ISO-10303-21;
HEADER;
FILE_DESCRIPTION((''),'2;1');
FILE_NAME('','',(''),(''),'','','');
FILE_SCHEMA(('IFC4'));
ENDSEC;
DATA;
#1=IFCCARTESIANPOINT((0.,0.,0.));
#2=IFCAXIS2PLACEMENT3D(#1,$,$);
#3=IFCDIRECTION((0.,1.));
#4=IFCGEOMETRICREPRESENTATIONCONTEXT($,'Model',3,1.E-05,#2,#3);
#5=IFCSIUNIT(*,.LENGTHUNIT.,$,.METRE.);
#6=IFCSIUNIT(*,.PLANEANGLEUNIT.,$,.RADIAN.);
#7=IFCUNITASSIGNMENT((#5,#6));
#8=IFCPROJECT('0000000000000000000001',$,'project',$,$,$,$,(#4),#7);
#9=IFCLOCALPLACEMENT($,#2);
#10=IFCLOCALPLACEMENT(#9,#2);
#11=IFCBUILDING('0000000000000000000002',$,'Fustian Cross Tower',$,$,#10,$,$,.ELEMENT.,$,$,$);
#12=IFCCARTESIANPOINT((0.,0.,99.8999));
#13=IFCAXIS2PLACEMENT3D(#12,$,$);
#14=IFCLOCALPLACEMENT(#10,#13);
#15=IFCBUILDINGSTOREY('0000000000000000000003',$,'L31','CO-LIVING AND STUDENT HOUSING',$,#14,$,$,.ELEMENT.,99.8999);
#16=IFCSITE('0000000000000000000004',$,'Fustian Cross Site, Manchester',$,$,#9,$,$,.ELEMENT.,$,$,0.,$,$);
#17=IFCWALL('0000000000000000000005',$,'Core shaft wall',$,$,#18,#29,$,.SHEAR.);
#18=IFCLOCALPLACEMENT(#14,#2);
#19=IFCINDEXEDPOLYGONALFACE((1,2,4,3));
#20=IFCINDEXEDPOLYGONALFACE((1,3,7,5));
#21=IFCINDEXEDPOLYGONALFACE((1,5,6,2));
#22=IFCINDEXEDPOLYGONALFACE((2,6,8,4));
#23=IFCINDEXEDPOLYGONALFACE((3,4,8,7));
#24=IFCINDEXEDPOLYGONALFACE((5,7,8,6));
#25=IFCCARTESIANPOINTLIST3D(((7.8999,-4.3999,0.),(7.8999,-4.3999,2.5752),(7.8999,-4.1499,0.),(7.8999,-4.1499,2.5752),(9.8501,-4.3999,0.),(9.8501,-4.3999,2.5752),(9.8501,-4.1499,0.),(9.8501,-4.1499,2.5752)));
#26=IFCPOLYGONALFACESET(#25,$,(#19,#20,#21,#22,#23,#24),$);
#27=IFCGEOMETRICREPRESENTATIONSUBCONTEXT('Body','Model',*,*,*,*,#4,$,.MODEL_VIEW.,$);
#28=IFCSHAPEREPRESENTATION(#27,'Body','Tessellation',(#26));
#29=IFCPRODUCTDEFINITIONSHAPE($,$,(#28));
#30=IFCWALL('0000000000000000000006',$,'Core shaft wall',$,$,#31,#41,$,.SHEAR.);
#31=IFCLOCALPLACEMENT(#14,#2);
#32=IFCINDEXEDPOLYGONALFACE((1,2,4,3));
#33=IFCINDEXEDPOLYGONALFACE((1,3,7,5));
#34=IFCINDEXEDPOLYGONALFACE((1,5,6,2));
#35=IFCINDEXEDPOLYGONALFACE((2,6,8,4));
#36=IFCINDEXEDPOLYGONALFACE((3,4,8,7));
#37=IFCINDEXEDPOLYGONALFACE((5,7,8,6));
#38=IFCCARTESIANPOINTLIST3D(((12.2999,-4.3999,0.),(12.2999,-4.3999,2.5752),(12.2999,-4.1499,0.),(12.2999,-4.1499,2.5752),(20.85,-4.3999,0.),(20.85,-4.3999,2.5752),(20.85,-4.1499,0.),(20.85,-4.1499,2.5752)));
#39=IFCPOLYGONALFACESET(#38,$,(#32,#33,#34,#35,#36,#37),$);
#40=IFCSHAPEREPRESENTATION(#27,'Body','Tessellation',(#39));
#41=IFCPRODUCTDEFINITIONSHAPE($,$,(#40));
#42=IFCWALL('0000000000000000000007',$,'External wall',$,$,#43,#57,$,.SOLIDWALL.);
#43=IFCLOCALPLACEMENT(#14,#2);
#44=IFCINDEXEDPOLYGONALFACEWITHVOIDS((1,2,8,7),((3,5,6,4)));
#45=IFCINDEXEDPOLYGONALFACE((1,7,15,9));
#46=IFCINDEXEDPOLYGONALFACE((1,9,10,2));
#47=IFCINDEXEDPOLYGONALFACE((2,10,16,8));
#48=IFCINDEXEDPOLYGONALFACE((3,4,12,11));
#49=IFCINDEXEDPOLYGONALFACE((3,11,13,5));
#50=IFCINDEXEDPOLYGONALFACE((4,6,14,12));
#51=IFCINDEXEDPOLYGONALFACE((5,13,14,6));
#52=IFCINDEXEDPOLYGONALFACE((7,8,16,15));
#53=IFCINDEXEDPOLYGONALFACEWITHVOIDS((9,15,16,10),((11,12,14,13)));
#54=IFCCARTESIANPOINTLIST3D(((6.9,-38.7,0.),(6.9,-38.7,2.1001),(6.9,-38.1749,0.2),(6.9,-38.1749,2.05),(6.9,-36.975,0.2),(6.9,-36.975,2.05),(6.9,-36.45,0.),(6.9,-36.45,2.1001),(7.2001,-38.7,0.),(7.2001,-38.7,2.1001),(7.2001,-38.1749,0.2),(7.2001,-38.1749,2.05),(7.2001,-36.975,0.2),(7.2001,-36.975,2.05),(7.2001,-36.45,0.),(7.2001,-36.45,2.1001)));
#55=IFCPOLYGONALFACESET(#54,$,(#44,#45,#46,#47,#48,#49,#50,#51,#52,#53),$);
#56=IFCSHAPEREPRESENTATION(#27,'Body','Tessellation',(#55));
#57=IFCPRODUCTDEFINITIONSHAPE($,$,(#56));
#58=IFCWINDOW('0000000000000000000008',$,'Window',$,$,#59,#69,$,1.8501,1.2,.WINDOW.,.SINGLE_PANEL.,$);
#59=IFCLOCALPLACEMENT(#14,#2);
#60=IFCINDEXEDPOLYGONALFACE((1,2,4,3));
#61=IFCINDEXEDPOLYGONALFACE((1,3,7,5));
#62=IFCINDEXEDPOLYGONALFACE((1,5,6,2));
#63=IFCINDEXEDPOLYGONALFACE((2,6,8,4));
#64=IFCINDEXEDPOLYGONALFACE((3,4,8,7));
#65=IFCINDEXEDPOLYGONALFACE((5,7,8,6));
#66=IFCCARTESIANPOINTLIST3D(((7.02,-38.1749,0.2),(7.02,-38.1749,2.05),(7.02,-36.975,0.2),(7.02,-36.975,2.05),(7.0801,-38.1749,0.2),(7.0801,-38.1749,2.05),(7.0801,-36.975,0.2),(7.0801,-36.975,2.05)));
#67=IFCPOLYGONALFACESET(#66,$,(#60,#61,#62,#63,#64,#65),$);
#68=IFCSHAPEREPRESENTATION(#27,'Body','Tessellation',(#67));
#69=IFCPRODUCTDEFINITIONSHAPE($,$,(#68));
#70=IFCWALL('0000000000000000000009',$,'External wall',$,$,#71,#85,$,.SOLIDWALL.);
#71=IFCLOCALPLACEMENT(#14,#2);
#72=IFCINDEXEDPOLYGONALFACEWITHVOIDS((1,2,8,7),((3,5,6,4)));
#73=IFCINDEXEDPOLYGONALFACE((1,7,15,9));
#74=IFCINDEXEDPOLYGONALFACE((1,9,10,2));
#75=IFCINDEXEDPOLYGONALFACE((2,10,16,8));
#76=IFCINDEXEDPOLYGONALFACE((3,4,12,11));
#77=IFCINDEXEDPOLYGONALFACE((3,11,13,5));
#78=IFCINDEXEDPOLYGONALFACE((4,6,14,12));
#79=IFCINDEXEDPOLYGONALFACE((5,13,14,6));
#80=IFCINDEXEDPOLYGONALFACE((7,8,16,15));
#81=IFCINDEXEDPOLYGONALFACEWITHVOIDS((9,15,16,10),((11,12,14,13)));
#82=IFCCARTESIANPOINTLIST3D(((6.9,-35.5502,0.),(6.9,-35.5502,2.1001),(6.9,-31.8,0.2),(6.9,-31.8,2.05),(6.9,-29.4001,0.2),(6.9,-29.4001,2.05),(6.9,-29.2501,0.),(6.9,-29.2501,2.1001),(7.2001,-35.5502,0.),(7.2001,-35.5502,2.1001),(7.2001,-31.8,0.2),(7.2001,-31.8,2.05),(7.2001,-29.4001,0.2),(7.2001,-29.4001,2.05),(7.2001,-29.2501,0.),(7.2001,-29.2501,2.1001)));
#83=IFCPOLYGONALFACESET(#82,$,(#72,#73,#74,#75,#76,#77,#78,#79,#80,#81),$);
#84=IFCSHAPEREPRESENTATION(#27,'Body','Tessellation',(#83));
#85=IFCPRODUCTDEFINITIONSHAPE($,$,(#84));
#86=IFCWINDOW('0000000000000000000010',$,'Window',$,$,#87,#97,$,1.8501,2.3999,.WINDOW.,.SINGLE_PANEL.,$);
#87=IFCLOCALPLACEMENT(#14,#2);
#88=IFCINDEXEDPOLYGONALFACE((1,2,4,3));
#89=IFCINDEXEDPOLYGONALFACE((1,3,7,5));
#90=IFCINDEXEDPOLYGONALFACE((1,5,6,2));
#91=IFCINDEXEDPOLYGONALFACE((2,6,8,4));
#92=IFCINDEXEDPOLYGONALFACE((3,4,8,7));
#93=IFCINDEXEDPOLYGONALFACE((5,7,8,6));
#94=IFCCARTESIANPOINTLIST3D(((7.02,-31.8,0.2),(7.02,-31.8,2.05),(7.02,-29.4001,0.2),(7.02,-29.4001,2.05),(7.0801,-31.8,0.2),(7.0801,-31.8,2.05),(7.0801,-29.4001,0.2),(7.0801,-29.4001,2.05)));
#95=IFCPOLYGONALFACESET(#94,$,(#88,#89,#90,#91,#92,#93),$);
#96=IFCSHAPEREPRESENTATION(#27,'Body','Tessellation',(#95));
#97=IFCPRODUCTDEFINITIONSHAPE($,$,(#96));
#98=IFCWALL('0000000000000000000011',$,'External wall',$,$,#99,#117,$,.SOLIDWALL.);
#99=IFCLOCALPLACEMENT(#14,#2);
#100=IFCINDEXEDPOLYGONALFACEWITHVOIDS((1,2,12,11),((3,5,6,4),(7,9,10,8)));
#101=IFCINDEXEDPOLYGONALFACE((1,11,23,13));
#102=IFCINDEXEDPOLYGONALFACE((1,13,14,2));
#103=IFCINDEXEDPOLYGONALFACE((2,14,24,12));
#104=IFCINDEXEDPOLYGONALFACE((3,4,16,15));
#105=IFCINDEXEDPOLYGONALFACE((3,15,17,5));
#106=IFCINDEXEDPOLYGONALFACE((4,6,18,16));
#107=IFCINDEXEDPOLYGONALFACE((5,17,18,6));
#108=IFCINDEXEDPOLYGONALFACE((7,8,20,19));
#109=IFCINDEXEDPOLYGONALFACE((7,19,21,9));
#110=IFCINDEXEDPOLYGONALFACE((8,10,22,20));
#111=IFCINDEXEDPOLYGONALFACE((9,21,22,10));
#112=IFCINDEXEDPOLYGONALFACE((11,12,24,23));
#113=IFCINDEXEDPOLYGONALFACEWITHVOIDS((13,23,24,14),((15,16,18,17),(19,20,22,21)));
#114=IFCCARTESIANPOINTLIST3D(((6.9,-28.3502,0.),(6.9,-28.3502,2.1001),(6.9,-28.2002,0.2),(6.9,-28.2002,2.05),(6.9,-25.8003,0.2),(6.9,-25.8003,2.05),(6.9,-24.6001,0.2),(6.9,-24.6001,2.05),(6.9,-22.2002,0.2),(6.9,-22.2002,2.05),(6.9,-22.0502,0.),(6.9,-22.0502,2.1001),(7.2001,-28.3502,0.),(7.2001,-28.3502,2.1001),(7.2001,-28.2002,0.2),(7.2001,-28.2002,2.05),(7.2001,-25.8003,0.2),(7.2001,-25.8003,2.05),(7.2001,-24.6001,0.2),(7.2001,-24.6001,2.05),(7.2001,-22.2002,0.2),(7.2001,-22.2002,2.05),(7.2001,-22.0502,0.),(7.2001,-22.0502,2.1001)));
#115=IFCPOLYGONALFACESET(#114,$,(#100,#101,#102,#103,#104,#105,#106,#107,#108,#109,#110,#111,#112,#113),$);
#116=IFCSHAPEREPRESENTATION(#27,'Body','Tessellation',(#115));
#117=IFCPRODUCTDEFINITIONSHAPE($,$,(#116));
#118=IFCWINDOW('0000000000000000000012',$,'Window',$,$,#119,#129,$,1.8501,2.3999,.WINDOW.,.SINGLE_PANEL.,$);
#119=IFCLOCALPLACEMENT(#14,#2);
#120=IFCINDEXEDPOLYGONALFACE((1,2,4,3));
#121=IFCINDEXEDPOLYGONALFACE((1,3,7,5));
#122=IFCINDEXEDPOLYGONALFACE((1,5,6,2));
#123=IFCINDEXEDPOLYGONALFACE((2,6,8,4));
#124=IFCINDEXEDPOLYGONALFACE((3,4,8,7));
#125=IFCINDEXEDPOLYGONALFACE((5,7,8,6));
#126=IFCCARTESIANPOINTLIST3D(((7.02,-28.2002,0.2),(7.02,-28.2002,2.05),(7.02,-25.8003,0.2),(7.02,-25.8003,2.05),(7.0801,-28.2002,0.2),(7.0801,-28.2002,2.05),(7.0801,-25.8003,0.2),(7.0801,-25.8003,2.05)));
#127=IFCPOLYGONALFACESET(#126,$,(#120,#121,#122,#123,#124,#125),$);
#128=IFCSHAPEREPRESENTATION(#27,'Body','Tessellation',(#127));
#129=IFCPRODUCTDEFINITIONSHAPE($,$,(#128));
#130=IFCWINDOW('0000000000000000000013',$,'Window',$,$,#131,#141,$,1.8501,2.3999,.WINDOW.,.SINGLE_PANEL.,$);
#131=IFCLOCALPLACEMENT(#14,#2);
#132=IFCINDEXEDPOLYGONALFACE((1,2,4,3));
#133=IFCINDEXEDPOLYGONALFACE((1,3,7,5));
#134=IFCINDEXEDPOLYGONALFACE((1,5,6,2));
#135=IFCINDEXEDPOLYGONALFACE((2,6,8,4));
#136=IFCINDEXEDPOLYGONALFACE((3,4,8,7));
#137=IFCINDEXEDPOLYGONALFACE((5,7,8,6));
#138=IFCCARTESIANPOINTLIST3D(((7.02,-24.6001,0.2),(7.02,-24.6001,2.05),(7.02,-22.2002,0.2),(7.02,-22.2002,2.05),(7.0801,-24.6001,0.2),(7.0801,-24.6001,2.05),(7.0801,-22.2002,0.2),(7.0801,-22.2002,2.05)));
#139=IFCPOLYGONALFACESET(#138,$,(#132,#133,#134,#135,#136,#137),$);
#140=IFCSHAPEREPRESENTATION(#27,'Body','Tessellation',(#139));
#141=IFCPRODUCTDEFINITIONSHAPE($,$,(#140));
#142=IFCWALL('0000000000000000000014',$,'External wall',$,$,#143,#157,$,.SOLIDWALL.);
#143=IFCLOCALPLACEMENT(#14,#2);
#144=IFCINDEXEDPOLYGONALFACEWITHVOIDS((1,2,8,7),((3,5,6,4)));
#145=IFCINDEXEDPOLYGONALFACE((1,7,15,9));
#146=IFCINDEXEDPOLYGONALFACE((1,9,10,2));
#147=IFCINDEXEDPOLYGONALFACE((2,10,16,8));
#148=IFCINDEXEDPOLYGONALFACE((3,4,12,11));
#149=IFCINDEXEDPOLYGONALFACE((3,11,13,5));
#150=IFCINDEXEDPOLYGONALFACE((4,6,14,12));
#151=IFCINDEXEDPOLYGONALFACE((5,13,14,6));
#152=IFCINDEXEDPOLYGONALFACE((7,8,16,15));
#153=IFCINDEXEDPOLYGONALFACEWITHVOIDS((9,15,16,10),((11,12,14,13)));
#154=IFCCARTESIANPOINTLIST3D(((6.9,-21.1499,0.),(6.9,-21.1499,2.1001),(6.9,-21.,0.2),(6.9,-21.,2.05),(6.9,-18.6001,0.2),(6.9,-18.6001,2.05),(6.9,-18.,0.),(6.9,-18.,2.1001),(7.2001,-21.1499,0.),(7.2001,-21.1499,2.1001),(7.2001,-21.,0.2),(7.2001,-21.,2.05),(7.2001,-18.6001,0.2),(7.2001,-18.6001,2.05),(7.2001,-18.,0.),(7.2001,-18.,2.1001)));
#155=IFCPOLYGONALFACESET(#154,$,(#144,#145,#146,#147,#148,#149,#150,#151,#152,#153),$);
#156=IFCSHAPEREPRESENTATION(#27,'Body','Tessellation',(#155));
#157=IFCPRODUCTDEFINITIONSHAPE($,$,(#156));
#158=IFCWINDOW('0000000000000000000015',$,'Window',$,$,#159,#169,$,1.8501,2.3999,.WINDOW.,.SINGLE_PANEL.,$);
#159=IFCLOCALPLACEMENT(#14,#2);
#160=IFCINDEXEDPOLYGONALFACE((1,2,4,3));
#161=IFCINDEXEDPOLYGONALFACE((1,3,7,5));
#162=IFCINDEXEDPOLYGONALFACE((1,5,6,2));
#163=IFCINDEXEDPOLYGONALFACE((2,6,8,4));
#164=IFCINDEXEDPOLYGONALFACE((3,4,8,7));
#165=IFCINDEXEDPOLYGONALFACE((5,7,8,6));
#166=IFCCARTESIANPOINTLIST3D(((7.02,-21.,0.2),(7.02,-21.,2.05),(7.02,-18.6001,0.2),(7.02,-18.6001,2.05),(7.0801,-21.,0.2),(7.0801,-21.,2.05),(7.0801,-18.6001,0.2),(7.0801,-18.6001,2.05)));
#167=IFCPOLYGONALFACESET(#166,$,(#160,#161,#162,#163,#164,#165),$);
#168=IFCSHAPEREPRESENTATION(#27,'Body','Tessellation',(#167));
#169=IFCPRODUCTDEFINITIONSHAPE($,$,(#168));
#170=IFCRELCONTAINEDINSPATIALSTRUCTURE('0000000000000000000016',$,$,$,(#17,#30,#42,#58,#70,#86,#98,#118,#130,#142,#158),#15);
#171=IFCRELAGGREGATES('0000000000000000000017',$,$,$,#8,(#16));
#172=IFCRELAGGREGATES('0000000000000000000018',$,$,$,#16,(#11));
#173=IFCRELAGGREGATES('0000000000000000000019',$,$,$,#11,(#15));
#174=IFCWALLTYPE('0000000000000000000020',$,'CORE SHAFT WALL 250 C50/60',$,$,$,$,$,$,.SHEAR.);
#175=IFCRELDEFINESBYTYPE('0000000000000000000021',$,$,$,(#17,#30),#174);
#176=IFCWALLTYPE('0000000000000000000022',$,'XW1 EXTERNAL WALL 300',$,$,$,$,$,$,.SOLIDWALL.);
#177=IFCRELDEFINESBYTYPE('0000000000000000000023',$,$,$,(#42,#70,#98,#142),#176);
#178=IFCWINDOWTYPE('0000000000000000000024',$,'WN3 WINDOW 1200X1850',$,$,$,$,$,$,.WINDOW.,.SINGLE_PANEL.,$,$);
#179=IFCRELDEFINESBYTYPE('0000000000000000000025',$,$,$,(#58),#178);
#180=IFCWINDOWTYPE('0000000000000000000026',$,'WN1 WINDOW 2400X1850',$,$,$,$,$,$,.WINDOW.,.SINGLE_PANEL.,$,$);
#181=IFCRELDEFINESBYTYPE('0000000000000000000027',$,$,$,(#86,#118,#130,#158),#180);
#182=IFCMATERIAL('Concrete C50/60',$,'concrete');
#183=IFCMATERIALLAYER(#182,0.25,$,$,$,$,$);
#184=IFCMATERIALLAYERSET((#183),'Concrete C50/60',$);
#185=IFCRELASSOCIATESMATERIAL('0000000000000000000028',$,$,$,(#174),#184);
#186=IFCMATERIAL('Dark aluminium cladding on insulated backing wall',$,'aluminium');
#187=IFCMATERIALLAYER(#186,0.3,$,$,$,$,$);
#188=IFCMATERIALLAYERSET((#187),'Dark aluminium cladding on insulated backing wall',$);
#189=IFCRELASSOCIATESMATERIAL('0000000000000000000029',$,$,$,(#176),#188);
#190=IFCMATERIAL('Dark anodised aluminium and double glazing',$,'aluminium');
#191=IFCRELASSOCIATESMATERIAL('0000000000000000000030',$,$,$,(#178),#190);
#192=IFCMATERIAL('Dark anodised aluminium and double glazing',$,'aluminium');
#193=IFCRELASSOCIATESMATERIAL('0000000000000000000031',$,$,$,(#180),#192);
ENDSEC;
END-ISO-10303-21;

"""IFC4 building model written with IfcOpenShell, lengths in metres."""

from ifc_helpers import new_model, si_unit, direction, frame, frame_2d, origin, place, context, subcontext, project, spatial, rectangle, extrude, material, layer, layer_set, type_object, element, fill, save


model = new_model("IFC4")

# Units and contexts
model_context = context("Model", 3, precision=1e-05, world=origin(), true_north=direction((0.0, 1.0)))
body_context = subcontext(model_context, "Body", "Model", "MODEL_VIEW")
ifc_project = project(units=[si_unit("LENGTHUNIT", "METRE"), si_unit("PLANEANGLEUNIT", "RADIAN")], contexts=[model_context])

# Site, building, storey
site_placement = place(None, origin())
site = spatial("IfcSite", under=ifc_project, at=site_placement, Name="Fustian Cross Site, Manchester", CompositionType="ELEMENT", RefElevation=0.0)
building_placement = place(site_placement, origin())
building = spatial("IfcBuilding", under=site, at=building_placement, Name="Fustian Cross Tower", CompositionType="ELEMENT")
storey_placement = place(building_placement, frame((0.0, 0.0, 99.8999)))
storey = spatial("IfcBuildingStorey", under=building, at=storey_placement, Name="L31", Description="CO-LIVING AND STUDENT HOUSING", CompositionType="ELEMENT", Elevation=99.8999)

# Walls
ifc_material_1 = material(Name="Concrete C50/60", Category="concrete")
ifc_layer_1 = layer(ifc_material_1, 0.25)
ifc_layer_set_1 = layer_set([ifc_layer_1], Name="Concrete C50/60")
wall_type_1 = type_object("IfcWallType", Name="CORE SHAFT WALL 250 C50/60", PredefinedType="SHEAR", material=ifc_layer_set_1)
wall_1_placement = place(storey_placement, frame((7.8999, -4.2749, 0.0), z_axis=(0.0, 0.0, 1.0), x_axis=(1.0, 0.0, 0.0)))
element("IfcWall", 1, at=wall_1_placement, inside=storey, type_object=wall_type_1, Name="Core shaft wall", PredefinedType="SHEAR", context=body_context, shape_type="SweptSolid", body=[
    extrude(rectangle(XDim=1.9502, YDim=0.25, at=frame_2d((0.9751, 0.0))), origin(), (0.0, 0.0, 1.0), 2.5752),
])
wall_2_placement = place(storey_placement, frame((12.3, -4.2749, 0.0), z_axis=(0.0, 0.0, 1.0), x_axis=(1.0, 0.0, 0.0)))
element("IfcWall", 2, at=wall_2_placement, inside=storey, type_object=wall_type_1, Name="Core shaft wall", PredefinedType="SHEAR", context=body_context, shape_type="SweptSolid", body=[
    extrude(rectangle(XDim=8.55, YDim=0.25, at=frame_2d((4.2749, 0.0))), origin(), (0.0, 0.0, 1.0), 2.5752),
])

# Walls, openings, windows
ifc_material_2 = material(Name="Dark aluminium cladding on insulated backing wall", Category="aluminium")
ifc_layer_2 = layer(ifc_material_2, 0.3)
ifc_layer_set_2 = layer_set([ifc_layer_2], Name="Dark aluminium cladding on insulated backing wall")
wall_type_2 = type_object("IfcWallType", Name="XW1 EXTERNAL WALL 300", PredefinedType="SOLIDWALL", material=ifc_layer_set_2)
wall_3_placement = place(storey_placement, frame((7.05, -38.7, 0.0), z_axis=(0.0, 0.0, 1.0), x_axis=(0.0, 1.0, 0.0)))
wall_3 = element("IfcWall", 3, at=wall_3_placement, inside=storey, type_object=wall_type_2, Name="External wall", PredefinedType="SOLIDWALL", context=body_context, shape_type="SweptSolid", body=[
    extrude(rectangle(XDim=2.25, YDim=0.3, at=frame_2d((1.125, 0.0))), origin(), (0.0, 0.0, 1.0), 2.1001),
])
opening_1_placement = place(wall_3_placement, frame((0.5249, 0.0, 0.2)))
opening_1 = element("IfcOpeningElement", 4, at=opening_1_placement, cuts=wall_3, PredefinedType="OPENING", context=body_context, shape_type="SweptSolid", body=[
    extrude(rectangle(XDim=1.2, YDim=1.8501, at=frame_2d((0.6001, 0.925))), frame((0.0, 0.1599, 0.0), z_axis=(0.0, -1.0, 0.0), x_axis=(1.0, 0.0, 0.0)), (0.0, 0.0, 1.0), 0.3201),
])
ifc_material_3 = material(Name="Dark anodised aluminium and double glazing", Category="aluminium")
window_type_1 = type_object("IfcWindowType", Name="WN3 WINDOW 1200X1850", PartitioningType="SINGLE_PANEL", PredefinedType="WINDOW", material=ifc_material_3)
window_1_placement = place(opening_1_placement, origin())
window_1 = element("IfcWindow", 5, at=window_1_placement, inside=storey, type_object=window_type_1, Name="Window", OverallHeight=1.8501, OverallWidth=1.2, PartitioningType="SINGLE_PANEL", PredefinedType="WINDOW", context=body_context, shape_type="SweptSolid", body=[
    extrude(rectangle(XDim=1.2, YDim=1.8501, at=frame_2d((0.6001, 0.925))), frame((0.0, 0.03, 0.0), z_axis=(0.0, -1.0, 0.0), x_axis=(1.0, 0.0, 0.0)), (0.0, 0.0, 1.0), 0.0601),
])
fill(opening_1, window_1)
wall_4_placement = place(storey_placement, frame((7.05, -35.55, 0.0), z_axis=(0.0, 0.0, 1.0), x_axis=(0.0, 1.0, 0.0)))
wall_4 = element("IfcWall", 6, at=wall_4_placement, inside=storey, type_object=wall_type_2, Name="External wall", PredefinedType="SOLIDWALL", context=body_context, shape_type="SweptSolid", body=[
    extrude(rectangle(XDim=6.3, YDim=0.3, at=frame_2d((3.1499, 0.0))), origin(), (0.0, 0.0, 1.0), 2.1001),
])
opening_2_placement = place(wall_4_placement, frame((3.75, 0.0, 0.2)))
opening_2 = element("IfcOpeningElement", 7, at=opening_2_placement, cuts=wall_4, PredefinedType="OPENING", context=body_context, shape_type="SweptSolid", body=[
    extrude(rectangle(XDim=2.3999, YDim=1.8501, at=frame_2d((1.2, 0.925))), frame((0.0, 0.1599, 0.0), z_axis=(0.0, -1.0, 0.0), x_axis=(1.0, 0.0, 0.0)), (0.0, 0.0, 1.0), 0.3201),
])
ifc_material_4 = material(Name="Dark anodised aluminium and double glazing", Category="aluminium")
window_type_2 = type_object("IfcWindowType", Name="WN1 WINDOW 2400X1850", PartitioningType="SINGLE_PANEL", PredefinedType="WINDOW", material=ifc_material_4)
window_2_placement = place(opening_2_placement, origin())
window_2 = element("IfcWindow", 8, at=window_2_placement, inside=storey, type_object=window_type_2, Name="Window", OverallHeight=1.8501, OverallWidth=2.3999, PartitioningType="SINGLE_PANEL", PredefinedType="WINDOW", context=body_context, shape_type="SweptSolid", body=[
    extrude(rectangle(XDim=2.3999, YDim=1.8501, at=frame_2d((1.2, 0.925))), frame((0.0, 0.03, 0.0), z_axis=(0.0, -1.0, 0.0), x_axis=(1.0, 0.0, 0.0)), (0.0, 0.0, 1.0), 0.0601),
])
fill(opening_2, window_2)

# Wall, openings, windows
wall_5_placement = place(storey_placement, frame((7.05, -28.3501, 0.0), z_axis=(0.0, 0.0, 1.0), x_axis=(0.0, 1.0, 0.0)))
wall_5 = element("IfcWall", 9, at=wall_5_placement, inside=storey, type_object=wall_type_2, Name="External wall", PredefinedType="SOLIDWALL", context=body_context, shape_type="SweptSolid", body=[
    extrude(rectangle(XDim=6.3, YDim=0.3, at=frame_2d((3.1499, 0.0))), origin(), (0.0, 0.0, 1.0), 2.1001),
])
opening_3_placement = place(wall_5_placement, frame((0.1499, 0.0, 0.2)))
opening_3 = element("IfcOpeningElement", 10, at=opening_3_placement, cuts=wall_5, PredefinedType="OPENING", context=body_context, shape_type="SweptSolid", body=[
    extrude(rectangle(XDim=2.3999, YDim=1.8501, at=frame_2d((1.2, 0.925))), frame((0.0, 0.1599, 0.0), z_axis=(0.0, -1.0, 0.0), x_axis=(1.0, 0.0, 0.0)), (0.0, 0.0, 1.0), 0.3201),
])
opening_4_placement = place(wall_5_placement, frame((3.75, 0.0, 0.2)))
opening_4 = element("IfcOpeningElement", 11, at=opening_4_placement, cuts=wall_5, PredefinedType="OPENING", context=body_context, shape_type="SweptSolid", body=[
    extrude(rectangle(XDim=2.3999, YDim=1.8501, at=frame_2d((1.2, 0.925))), frame((0.0, 0.1599, 0.0), z_axis=(0.0, -1.0, 0.0), x_axis=(1.0, 0.0, 0.0)), (0.0, 0.0, 1.0), 0.3201),
])
window_3_placement = place(opening_3_placement, origin())
window_3 = element("IfcWindow", 12, at=window_3_placement, inside=storey, type_object=window_type_2, Name="Window", OverallHeight=1.8501, OverallWidth=2.3999, PartitioningType="SINGLE_PANEL", PredefinedType="WINDOW", context=body_context, shape_type="SweptSolid", body=[
    extrude(rectangle(XDim=2.3999, YDim=1.8501, at=frame_2d((1.2, 0.925))), frame((0.0, 0.03, 0.0), z_axis=(0.0, -1.0, 0.0), x_axis=(1.0, 0.0, 0.0)), (0.0, 0.0, 1.0), 0.0601),
])
fill(opening_3, window_3)
window_4_placement = place(opening_4_placement, origin())
window_4 = element("IfcWindow", 13, at=window_4_placement, inside=storey, type_object=window_type_2, Name="Window", OverallHeight=1.8501, OverallWidth=2.3999, PartitioningType="SINGLE_PANEL", PredefinedType="WINDOW", context=body_context, shape_type="SweptSolid", body=[
    extrude(rectangle(XDim=2.3999, YDim=1.8501, at=frame_2d((1.2, 0.925))), frame((0.0, 0.03, 0.0), z_axis=(0.0, -1.0, 0.0), x_axis=(1.0, 0.0, 0.0)), (0.0, 0.0, 1.0), 0.0601),
])
fill(opening_4, window_4)

# Wall, opening, window
wall_6_placement = place(storey_placement, frame((7.05, -21.1499, 0.0), z_axis=(0.0, 0.0, 1.0), x_axis=(0.0, 1.0, 0.0)))
wall_6 = element("IfcWall", 14, at=wall_6_placement, inside=storey, type_object=wall_type_2, Name="External wall", PredefinedType="SOLIDWALL", context=body_context, shape_type="SweptSolid", body=[
    extrude(rectangle(XDim=3.1499, YDim=0.3, at=frame_2d((1.575, 0.0))), origin(), (0.0, 0.0, 1.0), 2.1001),
])
opening_5_placement = place(wall_6_placement, frame((0.1499, 0.0, 0.2)))
opening_5 = element("IfcOpeningElement", 15, at=opening_5_placement, cuts=wall_6, PredefinedType="OPENING", context=body_context, shape_type="SweptSolid", body=[
    extrude(rectangle(XDim=2.3999, YDim=1.8501, at=frame_2d((1.2, 0.925))), frame((0.0, 0.1599, 0.0), z_axis=(0.0, -1.0, 0.0), x_axis=(1.0, 0.0, 0.0)), (0.0, 0.0, 1.0), 0.3201),
])
window_5_placement = place(opening_5_placement, origin())
window_5 = element("IfcWindow", 16, at=window_5_placement, inside=storey, type_object=window_type_2, Name="Window", OverallHeight=1.8501, OverallWidth=2.3999, PartitioningType="SINGLE_PANEL", PredefinedType="WINDOW", context=body_context, shape_type="SweptSolid", body=[
    extrude(rectangle(XDim=2.3999, YDim=1.8501, at=frame_2d((1.2, 0.925))), frame((0.0, 0.03, 0.0), z_axis=(0.0, -1.0, 0.0), x_axis=(1.0, 0.0, 0.0)), (0.0, 0.0, 1.0), 0.0601),
])
fill(opening_5, window_5)

save(model, "model.ifc")
